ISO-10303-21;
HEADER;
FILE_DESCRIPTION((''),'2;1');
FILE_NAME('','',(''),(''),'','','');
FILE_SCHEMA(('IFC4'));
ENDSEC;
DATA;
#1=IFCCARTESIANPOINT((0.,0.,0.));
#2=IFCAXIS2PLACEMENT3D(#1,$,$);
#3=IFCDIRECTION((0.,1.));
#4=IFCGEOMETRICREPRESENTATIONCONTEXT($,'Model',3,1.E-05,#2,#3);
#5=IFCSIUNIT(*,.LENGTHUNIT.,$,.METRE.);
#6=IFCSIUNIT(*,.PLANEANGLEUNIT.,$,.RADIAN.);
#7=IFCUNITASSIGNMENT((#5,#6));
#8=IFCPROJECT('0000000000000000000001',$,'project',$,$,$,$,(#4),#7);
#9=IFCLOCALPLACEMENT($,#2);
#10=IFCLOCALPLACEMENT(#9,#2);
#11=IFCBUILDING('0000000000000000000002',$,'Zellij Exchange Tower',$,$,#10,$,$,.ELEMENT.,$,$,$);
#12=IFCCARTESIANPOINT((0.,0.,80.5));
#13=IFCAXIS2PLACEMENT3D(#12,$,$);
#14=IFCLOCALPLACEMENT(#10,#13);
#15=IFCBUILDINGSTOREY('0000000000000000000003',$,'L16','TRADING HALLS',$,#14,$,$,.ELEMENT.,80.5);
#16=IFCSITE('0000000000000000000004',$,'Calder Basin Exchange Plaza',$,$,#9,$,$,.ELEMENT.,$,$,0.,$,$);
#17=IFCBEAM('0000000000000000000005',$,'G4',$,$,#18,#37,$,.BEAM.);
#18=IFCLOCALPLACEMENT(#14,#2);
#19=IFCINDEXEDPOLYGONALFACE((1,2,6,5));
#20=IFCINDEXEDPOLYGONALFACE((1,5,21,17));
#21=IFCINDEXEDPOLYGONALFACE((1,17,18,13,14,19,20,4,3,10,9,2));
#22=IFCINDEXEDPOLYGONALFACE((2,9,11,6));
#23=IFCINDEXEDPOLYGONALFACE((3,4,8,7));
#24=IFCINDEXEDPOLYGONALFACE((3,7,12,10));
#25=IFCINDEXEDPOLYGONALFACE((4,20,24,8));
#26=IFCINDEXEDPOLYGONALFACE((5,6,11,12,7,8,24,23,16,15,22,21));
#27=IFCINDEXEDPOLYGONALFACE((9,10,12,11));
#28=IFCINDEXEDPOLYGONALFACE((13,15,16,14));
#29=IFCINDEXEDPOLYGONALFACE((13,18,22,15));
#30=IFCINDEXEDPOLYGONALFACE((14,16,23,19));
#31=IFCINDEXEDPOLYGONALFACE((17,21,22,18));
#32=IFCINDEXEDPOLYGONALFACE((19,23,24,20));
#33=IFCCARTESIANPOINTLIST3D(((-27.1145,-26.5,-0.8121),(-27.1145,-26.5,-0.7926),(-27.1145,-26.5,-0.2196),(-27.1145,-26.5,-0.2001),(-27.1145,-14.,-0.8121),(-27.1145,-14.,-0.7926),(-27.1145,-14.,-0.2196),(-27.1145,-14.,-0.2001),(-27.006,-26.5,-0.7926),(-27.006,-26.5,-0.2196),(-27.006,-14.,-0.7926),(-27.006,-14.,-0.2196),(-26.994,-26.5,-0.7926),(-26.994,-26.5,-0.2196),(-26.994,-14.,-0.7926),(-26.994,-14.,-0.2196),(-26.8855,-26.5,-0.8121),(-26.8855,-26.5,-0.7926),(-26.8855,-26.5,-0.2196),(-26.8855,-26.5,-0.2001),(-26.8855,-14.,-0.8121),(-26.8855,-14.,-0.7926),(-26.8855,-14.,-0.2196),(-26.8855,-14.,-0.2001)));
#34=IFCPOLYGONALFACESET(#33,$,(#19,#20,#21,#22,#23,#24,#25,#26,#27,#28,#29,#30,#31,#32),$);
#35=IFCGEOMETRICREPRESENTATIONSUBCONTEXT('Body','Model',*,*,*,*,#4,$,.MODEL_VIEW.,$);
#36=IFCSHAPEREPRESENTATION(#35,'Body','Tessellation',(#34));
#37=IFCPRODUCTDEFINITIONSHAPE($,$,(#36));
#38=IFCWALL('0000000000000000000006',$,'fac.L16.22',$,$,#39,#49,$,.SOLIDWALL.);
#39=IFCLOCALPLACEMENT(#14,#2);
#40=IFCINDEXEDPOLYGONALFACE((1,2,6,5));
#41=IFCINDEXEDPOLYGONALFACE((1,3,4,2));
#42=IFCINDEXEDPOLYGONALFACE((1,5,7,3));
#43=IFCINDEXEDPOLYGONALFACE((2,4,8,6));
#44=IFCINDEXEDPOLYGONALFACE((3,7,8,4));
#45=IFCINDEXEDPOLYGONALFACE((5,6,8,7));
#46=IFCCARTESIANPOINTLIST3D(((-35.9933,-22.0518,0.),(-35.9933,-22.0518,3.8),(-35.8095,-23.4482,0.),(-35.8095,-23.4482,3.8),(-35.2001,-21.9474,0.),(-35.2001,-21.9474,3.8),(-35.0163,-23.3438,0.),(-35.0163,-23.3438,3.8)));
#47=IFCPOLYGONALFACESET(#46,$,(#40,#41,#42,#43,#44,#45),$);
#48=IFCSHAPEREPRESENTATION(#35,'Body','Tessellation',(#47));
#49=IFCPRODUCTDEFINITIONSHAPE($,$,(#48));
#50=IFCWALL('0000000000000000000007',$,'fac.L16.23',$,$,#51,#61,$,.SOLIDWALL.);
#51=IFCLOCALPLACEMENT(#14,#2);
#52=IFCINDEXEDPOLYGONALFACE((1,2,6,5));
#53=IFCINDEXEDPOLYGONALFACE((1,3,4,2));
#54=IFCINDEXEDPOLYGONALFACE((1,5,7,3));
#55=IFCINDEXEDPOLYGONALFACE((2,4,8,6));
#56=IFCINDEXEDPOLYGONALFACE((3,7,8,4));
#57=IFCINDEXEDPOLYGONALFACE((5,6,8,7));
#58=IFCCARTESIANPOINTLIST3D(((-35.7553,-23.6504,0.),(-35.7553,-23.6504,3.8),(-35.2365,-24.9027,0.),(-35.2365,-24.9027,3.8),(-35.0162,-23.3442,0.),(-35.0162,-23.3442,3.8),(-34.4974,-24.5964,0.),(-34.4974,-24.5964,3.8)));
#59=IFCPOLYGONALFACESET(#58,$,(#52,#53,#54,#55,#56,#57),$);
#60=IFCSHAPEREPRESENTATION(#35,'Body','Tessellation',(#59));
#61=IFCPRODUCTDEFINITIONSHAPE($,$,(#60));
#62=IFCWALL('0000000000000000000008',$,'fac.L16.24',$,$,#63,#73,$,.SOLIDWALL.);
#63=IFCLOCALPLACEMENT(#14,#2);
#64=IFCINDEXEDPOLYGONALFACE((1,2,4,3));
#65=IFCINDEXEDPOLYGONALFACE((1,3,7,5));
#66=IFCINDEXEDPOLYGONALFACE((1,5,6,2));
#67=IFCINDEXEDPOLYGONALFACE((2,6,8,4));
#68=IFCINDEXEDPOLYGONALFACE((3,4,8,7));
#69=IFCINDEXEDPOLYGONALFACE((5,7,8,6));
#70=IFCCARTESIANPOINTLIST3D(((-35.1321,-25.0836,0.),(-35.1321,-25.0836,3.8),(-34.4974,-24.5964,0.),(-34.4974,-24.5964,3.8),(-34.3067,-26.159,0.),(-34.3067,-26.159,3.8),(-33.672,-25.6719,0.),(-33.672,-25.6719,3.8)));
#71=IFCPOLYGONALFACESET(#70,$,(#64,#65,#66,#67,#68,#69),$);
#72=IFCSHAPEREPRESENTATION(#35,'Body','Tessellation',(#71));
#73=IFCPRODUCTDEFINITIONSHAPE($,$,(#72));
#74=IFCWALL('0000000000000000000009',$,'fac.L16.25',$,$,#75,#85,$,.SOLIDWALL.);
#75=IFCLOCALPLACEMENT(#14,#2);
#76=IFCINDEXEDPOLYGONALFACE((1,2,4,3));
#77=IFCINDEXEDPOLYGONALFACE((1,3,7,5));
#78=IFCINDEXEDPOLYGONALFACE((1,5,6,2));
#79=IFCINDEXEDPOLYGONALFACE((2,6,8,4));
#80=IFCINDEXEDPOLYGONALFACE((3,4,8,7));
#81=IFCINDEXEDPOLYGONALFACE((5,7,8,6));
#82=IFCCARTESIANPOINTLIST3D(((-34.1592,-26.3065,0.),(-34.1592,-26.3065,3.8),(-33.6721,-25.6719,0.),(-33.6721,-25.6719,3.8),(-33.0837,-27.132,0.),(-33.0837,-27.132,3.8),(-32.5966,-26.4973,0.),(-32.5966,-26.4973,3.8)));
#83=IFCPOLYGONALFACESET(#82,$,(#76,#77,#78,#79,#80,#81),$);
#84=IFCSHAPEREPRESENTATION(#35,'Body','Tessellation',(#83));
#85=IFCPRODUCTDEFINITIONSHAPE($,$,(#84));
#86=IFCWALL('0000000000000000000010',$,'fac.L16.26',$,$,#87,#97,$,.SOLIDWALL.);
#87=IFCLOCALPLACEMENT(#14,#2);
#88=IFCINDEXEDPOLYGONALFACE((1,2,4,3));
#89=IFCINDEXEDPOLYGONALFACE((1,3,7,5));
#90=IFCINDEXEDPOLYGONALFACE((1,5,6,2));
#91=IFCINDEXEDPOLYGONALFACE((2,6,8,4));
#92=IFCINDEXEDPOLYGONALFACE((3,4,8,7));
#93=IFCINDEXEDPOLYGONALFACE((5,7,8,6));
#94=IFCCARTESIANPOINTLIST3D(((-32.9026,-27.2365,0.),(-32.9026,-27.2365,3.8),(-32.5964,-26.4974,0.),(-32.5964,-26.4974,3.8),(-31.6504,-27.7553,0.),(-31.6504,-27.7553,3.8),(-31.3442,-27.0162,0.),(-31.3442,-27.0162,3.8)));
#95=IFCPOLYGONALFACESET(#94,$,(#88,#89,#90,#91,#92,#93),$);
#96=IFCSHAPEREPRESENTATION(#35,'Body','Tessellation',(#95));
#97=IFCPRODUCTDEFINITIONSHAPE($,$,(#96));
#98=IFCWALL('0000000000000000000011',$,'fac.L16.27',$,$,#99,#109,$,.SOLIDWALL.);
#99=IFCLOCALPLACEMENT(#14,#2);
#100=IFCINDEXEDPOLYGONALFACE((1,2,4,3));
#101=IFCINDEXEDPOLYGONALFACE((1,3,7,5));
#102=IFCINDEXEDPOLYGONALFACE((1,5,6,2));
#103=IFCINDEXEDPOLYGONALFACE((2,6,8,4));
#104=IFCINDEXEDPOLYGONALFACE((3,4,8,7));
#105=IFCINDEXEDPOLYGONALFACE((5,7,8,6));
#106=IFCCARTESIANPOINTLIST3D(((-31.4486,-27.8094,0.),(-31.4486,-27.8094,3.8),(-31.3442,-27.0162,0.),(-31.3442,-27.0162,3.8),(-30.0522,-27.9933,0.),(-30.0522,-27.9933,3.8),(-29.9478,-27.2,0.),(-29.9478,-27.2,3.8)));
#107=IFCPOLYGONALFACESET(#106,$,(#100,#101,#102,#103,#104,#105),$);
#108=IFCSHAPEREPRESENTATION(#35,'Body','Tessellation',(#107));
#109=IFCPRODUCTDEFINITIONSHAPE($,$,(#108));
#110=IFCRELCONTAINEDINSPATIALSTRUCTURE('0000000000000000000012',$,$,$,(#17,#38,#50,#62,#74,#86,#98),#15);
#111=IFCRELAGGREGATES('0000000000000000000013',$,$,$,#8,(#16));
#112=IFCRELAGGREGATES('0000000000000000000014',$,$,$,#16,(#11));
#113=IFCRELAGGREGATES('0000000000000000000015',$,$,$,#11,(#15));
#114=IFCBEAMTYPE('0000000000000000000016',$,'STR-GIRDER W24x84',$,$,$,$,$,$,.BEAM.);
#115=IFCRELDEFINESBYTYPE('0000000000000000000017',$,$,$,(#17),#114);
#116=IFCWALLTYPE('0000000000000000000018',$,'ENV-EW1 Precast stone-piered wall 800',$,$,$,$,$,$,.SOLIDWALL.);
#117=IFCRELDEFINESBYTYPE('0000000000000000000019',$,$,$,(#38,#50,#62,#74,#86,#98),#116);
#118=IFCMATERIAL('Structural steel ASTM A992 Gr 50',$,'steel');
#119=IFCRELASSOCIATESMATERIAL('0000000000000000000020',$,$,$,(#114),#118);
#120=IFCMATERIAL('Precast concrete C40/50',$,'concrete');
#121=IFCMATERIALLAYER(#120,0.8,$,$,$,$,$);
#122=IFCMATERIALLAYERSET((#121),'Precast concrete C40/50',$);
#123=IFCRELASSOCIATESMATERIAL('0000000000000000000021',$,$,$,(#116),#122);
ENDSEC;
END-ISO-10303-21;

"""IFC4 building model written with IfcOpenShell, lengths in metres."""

from ifc_helpers import new_model, si_unit, direction, frame, frame_2d, origin, origin_2d, place, context, subcontext, project, spatial, rectangle, i_section, extrude, material, layer, layer_set, material_profile, profile_set, type_object, element, save


model = new_model("IFC4")

# Units and contexts
model_context = context("Model", 3, precision=1e-05, world=origin(), true_north=direction((0.0, 1.0)))
body_context = subcontext(model_context, "Body", "Model", "MODEL_VIEW")
ifc_project = project(units=[si_unit("LENGTHUNIT", "METRE"), si_unit("PLANEANGLEUNIT", "RADIAN")], contexts=[model_context])

# Site, building, storey
site_placement = place(None, origin())
site = spatial("IfcSite", under=ifc_project, at=site_placement, Name="Calder Basin Exchange Plaza", CompositionType="ELEMENT", RefElevation=0.0)
building_placement = place(site_placement, origin())
building = spatial("IfcBuilding", under=site, at=building_placement, Name="Zellij Exchange Tower", CompositionType="ELEMENT")
storey_placement = place(building_placement, frame((0.0, 0.0, 80.5)))
storey = spatial("IfcBuildingStorey", under=building, at=storey_placement, Name="L16", Description="TRADING HALLS", CompositionType="ELEMENT", Elevation=80.5)

# Beam
ifc_material_1 = material(Name="Structural steel ASTM A992 Gr 50", Category="steel")
ifc_material_profile_1 = material_profile(ifc_material_1, i_section(OverallWidth=0.229, OverallDepth=0.6121, WebThickness=0.012, FlangeThickness=0.0195, at=origin_2d()), Name="W24x84")
ifc_profile_set_1 = profile_set([ifc_material_profile_1], Name="Structural steel ASTM A992 Gr 50")
beam_type_1 = type_object("IfcBeamType", Name="STR-GIRDER W24x84", PredefinedType="BEAM", material=ifc_profile_set_1)
beam_1_placement = place(storey_placement, frame((-27.0, -26.5, -0.5061), z_axis=(0.0, 1.0, 0.0), x_axis=(-1.0, 0.0, 0.0)))
element("IfcBeam", 1, at=beam_1_placement, inside=storey, type_object=beam_type_1, Name="G4", PredefinedType="BEAM", context=body_context, shape_type="SweptSolid", body=[
    extrude(i_section(OverallWidth=0.229, OverallDepth=0.6121, WebThickness=0.012, FlangeThickness=0.0195, at=origin_2d()), origin(), (0.0, 0.0, 1.0), 12.5),
])

# Walls
ifc_material_2 = material(Name="Precast concrete C40/50", Category="concrete")
ifc_layer = layer(ifc_material_2, 0.8)
ifc_layer_set = layer_set([ifc_layer], Name="Precast concrete C40/50")
wall_type = type_object("IfcWallType", Name="ENV-EW1 Precast stone-piered wall 800", PredefinedType="SOLIDWALL", material=ifc_layer_set)
wall_1_placement = place(storey_placement, frame((-35.5967, -21.9998, 0.0), z_axis=(0.0, 0.0, 1.0), x_axis=(0.130517, -0.991446, 0.0)))
element("IfcWall", 2, at=wall_1_placement, inside=storey, type_object=wall_type, Name="fac.L16.22", PredefinedType="SOLIDWALL", context=body_context, shape_type="SweptSolid", body=[
    extrude(rectangle(XDim=1.4084, YDim=0.8, at=frame_2d((0.7041, 0.0))), origin(), (0.0, 0.0, 1.0), 3.8),
])
wall_2_placement = place(storey_placement, frame((-35.3857, -23.4973, 0.0), z_axis=(0.0, 0.0, 1.0), x_axis=(0.38276, -0.923848, 0.0)))
element("IfcWall", 3, at=wall_2_placement, inside=storey, type_object=wall_type, Name="fac.L16.23", PredefinedType="SOLIDWALL", context=body_context, shape_type="SweptSolid", body=[
    extrude(rectangle(XDim=1.3555, YDim=0.8, at=frame_2d((0.6777, 0.0))), origin(), (0.0, 0.0, 1.0), 3.8),
])
for number, where, z_axis, x_axis, name in (
    (4, (-34.8147, -24.8401, 0.0), (0.0, 0.0, 1.0), (0.608866, -0.793273, 0.0), "fac.L16.24"),
    (5, (-33.9155, -25.9893, 0.0), (0.0, 0.0, 1.0), (0.793273, -0.608866, 0.0), "fac.L16.25"),
):
    element("IfcWall", number, at=place(storey_placement, frame(where, z_axis=z_axis, x_axis=x_axis)), inside=storey, type_object=wall_type, Name=name, PredefinedType="SOLIDWALL", context=body_context, shape_type="SweptSolid", body=[
        extrude(rectangle(XDim=1.3557, YDim=0.8, at=frame_2d((0.6777, 0.0))), origin(), (0.0, 0.0, 1.0), 3.8),
    ])
wall_3_placement = place(storey_placement, frame((-32.7495, -26.8669, 0.0), z_axis=(0.0, 0.0, 1.0), x_axis=(0.923848, -0.38276, 0.0)))
element("IfcWall", 6, at=wall_3_placement, inside=storey, type_object=wall_type, Name="fac.L16.26", PredefinedType="SOLIDWALL", context=body_context, shape_type="SweptSolid", body=[
    extrude(rectangle(XDim=1.3555, YDim=0.8, at=frame_2d((0.6777, 0.0))), origin(), (0.0, 0.0, 1.0), 3.8),
])
wall_4_placement = place(storey_placement, frame((-31.3962, -27.4128, 0.0), z_axis=(0.0, 0.0, 1.0), x_axis=(0.991446, -0.130517, 0.0)))
element("IfcWall", 7, at=wall_4_placement, inside=storey, type_object=wall_type, Name="fac.L16.27", PredefinedType="SOLIDWALL", context=body_context, shape_type="SweptSolid", body=[
    extrude(rectangle(XDim=1.4084, YDim=0.8, at=frame_2d((0.7041, 0.0))), origin(), (0.0, 0.0, 1.0), 3.8),
])

save(model, "model.ifc")
